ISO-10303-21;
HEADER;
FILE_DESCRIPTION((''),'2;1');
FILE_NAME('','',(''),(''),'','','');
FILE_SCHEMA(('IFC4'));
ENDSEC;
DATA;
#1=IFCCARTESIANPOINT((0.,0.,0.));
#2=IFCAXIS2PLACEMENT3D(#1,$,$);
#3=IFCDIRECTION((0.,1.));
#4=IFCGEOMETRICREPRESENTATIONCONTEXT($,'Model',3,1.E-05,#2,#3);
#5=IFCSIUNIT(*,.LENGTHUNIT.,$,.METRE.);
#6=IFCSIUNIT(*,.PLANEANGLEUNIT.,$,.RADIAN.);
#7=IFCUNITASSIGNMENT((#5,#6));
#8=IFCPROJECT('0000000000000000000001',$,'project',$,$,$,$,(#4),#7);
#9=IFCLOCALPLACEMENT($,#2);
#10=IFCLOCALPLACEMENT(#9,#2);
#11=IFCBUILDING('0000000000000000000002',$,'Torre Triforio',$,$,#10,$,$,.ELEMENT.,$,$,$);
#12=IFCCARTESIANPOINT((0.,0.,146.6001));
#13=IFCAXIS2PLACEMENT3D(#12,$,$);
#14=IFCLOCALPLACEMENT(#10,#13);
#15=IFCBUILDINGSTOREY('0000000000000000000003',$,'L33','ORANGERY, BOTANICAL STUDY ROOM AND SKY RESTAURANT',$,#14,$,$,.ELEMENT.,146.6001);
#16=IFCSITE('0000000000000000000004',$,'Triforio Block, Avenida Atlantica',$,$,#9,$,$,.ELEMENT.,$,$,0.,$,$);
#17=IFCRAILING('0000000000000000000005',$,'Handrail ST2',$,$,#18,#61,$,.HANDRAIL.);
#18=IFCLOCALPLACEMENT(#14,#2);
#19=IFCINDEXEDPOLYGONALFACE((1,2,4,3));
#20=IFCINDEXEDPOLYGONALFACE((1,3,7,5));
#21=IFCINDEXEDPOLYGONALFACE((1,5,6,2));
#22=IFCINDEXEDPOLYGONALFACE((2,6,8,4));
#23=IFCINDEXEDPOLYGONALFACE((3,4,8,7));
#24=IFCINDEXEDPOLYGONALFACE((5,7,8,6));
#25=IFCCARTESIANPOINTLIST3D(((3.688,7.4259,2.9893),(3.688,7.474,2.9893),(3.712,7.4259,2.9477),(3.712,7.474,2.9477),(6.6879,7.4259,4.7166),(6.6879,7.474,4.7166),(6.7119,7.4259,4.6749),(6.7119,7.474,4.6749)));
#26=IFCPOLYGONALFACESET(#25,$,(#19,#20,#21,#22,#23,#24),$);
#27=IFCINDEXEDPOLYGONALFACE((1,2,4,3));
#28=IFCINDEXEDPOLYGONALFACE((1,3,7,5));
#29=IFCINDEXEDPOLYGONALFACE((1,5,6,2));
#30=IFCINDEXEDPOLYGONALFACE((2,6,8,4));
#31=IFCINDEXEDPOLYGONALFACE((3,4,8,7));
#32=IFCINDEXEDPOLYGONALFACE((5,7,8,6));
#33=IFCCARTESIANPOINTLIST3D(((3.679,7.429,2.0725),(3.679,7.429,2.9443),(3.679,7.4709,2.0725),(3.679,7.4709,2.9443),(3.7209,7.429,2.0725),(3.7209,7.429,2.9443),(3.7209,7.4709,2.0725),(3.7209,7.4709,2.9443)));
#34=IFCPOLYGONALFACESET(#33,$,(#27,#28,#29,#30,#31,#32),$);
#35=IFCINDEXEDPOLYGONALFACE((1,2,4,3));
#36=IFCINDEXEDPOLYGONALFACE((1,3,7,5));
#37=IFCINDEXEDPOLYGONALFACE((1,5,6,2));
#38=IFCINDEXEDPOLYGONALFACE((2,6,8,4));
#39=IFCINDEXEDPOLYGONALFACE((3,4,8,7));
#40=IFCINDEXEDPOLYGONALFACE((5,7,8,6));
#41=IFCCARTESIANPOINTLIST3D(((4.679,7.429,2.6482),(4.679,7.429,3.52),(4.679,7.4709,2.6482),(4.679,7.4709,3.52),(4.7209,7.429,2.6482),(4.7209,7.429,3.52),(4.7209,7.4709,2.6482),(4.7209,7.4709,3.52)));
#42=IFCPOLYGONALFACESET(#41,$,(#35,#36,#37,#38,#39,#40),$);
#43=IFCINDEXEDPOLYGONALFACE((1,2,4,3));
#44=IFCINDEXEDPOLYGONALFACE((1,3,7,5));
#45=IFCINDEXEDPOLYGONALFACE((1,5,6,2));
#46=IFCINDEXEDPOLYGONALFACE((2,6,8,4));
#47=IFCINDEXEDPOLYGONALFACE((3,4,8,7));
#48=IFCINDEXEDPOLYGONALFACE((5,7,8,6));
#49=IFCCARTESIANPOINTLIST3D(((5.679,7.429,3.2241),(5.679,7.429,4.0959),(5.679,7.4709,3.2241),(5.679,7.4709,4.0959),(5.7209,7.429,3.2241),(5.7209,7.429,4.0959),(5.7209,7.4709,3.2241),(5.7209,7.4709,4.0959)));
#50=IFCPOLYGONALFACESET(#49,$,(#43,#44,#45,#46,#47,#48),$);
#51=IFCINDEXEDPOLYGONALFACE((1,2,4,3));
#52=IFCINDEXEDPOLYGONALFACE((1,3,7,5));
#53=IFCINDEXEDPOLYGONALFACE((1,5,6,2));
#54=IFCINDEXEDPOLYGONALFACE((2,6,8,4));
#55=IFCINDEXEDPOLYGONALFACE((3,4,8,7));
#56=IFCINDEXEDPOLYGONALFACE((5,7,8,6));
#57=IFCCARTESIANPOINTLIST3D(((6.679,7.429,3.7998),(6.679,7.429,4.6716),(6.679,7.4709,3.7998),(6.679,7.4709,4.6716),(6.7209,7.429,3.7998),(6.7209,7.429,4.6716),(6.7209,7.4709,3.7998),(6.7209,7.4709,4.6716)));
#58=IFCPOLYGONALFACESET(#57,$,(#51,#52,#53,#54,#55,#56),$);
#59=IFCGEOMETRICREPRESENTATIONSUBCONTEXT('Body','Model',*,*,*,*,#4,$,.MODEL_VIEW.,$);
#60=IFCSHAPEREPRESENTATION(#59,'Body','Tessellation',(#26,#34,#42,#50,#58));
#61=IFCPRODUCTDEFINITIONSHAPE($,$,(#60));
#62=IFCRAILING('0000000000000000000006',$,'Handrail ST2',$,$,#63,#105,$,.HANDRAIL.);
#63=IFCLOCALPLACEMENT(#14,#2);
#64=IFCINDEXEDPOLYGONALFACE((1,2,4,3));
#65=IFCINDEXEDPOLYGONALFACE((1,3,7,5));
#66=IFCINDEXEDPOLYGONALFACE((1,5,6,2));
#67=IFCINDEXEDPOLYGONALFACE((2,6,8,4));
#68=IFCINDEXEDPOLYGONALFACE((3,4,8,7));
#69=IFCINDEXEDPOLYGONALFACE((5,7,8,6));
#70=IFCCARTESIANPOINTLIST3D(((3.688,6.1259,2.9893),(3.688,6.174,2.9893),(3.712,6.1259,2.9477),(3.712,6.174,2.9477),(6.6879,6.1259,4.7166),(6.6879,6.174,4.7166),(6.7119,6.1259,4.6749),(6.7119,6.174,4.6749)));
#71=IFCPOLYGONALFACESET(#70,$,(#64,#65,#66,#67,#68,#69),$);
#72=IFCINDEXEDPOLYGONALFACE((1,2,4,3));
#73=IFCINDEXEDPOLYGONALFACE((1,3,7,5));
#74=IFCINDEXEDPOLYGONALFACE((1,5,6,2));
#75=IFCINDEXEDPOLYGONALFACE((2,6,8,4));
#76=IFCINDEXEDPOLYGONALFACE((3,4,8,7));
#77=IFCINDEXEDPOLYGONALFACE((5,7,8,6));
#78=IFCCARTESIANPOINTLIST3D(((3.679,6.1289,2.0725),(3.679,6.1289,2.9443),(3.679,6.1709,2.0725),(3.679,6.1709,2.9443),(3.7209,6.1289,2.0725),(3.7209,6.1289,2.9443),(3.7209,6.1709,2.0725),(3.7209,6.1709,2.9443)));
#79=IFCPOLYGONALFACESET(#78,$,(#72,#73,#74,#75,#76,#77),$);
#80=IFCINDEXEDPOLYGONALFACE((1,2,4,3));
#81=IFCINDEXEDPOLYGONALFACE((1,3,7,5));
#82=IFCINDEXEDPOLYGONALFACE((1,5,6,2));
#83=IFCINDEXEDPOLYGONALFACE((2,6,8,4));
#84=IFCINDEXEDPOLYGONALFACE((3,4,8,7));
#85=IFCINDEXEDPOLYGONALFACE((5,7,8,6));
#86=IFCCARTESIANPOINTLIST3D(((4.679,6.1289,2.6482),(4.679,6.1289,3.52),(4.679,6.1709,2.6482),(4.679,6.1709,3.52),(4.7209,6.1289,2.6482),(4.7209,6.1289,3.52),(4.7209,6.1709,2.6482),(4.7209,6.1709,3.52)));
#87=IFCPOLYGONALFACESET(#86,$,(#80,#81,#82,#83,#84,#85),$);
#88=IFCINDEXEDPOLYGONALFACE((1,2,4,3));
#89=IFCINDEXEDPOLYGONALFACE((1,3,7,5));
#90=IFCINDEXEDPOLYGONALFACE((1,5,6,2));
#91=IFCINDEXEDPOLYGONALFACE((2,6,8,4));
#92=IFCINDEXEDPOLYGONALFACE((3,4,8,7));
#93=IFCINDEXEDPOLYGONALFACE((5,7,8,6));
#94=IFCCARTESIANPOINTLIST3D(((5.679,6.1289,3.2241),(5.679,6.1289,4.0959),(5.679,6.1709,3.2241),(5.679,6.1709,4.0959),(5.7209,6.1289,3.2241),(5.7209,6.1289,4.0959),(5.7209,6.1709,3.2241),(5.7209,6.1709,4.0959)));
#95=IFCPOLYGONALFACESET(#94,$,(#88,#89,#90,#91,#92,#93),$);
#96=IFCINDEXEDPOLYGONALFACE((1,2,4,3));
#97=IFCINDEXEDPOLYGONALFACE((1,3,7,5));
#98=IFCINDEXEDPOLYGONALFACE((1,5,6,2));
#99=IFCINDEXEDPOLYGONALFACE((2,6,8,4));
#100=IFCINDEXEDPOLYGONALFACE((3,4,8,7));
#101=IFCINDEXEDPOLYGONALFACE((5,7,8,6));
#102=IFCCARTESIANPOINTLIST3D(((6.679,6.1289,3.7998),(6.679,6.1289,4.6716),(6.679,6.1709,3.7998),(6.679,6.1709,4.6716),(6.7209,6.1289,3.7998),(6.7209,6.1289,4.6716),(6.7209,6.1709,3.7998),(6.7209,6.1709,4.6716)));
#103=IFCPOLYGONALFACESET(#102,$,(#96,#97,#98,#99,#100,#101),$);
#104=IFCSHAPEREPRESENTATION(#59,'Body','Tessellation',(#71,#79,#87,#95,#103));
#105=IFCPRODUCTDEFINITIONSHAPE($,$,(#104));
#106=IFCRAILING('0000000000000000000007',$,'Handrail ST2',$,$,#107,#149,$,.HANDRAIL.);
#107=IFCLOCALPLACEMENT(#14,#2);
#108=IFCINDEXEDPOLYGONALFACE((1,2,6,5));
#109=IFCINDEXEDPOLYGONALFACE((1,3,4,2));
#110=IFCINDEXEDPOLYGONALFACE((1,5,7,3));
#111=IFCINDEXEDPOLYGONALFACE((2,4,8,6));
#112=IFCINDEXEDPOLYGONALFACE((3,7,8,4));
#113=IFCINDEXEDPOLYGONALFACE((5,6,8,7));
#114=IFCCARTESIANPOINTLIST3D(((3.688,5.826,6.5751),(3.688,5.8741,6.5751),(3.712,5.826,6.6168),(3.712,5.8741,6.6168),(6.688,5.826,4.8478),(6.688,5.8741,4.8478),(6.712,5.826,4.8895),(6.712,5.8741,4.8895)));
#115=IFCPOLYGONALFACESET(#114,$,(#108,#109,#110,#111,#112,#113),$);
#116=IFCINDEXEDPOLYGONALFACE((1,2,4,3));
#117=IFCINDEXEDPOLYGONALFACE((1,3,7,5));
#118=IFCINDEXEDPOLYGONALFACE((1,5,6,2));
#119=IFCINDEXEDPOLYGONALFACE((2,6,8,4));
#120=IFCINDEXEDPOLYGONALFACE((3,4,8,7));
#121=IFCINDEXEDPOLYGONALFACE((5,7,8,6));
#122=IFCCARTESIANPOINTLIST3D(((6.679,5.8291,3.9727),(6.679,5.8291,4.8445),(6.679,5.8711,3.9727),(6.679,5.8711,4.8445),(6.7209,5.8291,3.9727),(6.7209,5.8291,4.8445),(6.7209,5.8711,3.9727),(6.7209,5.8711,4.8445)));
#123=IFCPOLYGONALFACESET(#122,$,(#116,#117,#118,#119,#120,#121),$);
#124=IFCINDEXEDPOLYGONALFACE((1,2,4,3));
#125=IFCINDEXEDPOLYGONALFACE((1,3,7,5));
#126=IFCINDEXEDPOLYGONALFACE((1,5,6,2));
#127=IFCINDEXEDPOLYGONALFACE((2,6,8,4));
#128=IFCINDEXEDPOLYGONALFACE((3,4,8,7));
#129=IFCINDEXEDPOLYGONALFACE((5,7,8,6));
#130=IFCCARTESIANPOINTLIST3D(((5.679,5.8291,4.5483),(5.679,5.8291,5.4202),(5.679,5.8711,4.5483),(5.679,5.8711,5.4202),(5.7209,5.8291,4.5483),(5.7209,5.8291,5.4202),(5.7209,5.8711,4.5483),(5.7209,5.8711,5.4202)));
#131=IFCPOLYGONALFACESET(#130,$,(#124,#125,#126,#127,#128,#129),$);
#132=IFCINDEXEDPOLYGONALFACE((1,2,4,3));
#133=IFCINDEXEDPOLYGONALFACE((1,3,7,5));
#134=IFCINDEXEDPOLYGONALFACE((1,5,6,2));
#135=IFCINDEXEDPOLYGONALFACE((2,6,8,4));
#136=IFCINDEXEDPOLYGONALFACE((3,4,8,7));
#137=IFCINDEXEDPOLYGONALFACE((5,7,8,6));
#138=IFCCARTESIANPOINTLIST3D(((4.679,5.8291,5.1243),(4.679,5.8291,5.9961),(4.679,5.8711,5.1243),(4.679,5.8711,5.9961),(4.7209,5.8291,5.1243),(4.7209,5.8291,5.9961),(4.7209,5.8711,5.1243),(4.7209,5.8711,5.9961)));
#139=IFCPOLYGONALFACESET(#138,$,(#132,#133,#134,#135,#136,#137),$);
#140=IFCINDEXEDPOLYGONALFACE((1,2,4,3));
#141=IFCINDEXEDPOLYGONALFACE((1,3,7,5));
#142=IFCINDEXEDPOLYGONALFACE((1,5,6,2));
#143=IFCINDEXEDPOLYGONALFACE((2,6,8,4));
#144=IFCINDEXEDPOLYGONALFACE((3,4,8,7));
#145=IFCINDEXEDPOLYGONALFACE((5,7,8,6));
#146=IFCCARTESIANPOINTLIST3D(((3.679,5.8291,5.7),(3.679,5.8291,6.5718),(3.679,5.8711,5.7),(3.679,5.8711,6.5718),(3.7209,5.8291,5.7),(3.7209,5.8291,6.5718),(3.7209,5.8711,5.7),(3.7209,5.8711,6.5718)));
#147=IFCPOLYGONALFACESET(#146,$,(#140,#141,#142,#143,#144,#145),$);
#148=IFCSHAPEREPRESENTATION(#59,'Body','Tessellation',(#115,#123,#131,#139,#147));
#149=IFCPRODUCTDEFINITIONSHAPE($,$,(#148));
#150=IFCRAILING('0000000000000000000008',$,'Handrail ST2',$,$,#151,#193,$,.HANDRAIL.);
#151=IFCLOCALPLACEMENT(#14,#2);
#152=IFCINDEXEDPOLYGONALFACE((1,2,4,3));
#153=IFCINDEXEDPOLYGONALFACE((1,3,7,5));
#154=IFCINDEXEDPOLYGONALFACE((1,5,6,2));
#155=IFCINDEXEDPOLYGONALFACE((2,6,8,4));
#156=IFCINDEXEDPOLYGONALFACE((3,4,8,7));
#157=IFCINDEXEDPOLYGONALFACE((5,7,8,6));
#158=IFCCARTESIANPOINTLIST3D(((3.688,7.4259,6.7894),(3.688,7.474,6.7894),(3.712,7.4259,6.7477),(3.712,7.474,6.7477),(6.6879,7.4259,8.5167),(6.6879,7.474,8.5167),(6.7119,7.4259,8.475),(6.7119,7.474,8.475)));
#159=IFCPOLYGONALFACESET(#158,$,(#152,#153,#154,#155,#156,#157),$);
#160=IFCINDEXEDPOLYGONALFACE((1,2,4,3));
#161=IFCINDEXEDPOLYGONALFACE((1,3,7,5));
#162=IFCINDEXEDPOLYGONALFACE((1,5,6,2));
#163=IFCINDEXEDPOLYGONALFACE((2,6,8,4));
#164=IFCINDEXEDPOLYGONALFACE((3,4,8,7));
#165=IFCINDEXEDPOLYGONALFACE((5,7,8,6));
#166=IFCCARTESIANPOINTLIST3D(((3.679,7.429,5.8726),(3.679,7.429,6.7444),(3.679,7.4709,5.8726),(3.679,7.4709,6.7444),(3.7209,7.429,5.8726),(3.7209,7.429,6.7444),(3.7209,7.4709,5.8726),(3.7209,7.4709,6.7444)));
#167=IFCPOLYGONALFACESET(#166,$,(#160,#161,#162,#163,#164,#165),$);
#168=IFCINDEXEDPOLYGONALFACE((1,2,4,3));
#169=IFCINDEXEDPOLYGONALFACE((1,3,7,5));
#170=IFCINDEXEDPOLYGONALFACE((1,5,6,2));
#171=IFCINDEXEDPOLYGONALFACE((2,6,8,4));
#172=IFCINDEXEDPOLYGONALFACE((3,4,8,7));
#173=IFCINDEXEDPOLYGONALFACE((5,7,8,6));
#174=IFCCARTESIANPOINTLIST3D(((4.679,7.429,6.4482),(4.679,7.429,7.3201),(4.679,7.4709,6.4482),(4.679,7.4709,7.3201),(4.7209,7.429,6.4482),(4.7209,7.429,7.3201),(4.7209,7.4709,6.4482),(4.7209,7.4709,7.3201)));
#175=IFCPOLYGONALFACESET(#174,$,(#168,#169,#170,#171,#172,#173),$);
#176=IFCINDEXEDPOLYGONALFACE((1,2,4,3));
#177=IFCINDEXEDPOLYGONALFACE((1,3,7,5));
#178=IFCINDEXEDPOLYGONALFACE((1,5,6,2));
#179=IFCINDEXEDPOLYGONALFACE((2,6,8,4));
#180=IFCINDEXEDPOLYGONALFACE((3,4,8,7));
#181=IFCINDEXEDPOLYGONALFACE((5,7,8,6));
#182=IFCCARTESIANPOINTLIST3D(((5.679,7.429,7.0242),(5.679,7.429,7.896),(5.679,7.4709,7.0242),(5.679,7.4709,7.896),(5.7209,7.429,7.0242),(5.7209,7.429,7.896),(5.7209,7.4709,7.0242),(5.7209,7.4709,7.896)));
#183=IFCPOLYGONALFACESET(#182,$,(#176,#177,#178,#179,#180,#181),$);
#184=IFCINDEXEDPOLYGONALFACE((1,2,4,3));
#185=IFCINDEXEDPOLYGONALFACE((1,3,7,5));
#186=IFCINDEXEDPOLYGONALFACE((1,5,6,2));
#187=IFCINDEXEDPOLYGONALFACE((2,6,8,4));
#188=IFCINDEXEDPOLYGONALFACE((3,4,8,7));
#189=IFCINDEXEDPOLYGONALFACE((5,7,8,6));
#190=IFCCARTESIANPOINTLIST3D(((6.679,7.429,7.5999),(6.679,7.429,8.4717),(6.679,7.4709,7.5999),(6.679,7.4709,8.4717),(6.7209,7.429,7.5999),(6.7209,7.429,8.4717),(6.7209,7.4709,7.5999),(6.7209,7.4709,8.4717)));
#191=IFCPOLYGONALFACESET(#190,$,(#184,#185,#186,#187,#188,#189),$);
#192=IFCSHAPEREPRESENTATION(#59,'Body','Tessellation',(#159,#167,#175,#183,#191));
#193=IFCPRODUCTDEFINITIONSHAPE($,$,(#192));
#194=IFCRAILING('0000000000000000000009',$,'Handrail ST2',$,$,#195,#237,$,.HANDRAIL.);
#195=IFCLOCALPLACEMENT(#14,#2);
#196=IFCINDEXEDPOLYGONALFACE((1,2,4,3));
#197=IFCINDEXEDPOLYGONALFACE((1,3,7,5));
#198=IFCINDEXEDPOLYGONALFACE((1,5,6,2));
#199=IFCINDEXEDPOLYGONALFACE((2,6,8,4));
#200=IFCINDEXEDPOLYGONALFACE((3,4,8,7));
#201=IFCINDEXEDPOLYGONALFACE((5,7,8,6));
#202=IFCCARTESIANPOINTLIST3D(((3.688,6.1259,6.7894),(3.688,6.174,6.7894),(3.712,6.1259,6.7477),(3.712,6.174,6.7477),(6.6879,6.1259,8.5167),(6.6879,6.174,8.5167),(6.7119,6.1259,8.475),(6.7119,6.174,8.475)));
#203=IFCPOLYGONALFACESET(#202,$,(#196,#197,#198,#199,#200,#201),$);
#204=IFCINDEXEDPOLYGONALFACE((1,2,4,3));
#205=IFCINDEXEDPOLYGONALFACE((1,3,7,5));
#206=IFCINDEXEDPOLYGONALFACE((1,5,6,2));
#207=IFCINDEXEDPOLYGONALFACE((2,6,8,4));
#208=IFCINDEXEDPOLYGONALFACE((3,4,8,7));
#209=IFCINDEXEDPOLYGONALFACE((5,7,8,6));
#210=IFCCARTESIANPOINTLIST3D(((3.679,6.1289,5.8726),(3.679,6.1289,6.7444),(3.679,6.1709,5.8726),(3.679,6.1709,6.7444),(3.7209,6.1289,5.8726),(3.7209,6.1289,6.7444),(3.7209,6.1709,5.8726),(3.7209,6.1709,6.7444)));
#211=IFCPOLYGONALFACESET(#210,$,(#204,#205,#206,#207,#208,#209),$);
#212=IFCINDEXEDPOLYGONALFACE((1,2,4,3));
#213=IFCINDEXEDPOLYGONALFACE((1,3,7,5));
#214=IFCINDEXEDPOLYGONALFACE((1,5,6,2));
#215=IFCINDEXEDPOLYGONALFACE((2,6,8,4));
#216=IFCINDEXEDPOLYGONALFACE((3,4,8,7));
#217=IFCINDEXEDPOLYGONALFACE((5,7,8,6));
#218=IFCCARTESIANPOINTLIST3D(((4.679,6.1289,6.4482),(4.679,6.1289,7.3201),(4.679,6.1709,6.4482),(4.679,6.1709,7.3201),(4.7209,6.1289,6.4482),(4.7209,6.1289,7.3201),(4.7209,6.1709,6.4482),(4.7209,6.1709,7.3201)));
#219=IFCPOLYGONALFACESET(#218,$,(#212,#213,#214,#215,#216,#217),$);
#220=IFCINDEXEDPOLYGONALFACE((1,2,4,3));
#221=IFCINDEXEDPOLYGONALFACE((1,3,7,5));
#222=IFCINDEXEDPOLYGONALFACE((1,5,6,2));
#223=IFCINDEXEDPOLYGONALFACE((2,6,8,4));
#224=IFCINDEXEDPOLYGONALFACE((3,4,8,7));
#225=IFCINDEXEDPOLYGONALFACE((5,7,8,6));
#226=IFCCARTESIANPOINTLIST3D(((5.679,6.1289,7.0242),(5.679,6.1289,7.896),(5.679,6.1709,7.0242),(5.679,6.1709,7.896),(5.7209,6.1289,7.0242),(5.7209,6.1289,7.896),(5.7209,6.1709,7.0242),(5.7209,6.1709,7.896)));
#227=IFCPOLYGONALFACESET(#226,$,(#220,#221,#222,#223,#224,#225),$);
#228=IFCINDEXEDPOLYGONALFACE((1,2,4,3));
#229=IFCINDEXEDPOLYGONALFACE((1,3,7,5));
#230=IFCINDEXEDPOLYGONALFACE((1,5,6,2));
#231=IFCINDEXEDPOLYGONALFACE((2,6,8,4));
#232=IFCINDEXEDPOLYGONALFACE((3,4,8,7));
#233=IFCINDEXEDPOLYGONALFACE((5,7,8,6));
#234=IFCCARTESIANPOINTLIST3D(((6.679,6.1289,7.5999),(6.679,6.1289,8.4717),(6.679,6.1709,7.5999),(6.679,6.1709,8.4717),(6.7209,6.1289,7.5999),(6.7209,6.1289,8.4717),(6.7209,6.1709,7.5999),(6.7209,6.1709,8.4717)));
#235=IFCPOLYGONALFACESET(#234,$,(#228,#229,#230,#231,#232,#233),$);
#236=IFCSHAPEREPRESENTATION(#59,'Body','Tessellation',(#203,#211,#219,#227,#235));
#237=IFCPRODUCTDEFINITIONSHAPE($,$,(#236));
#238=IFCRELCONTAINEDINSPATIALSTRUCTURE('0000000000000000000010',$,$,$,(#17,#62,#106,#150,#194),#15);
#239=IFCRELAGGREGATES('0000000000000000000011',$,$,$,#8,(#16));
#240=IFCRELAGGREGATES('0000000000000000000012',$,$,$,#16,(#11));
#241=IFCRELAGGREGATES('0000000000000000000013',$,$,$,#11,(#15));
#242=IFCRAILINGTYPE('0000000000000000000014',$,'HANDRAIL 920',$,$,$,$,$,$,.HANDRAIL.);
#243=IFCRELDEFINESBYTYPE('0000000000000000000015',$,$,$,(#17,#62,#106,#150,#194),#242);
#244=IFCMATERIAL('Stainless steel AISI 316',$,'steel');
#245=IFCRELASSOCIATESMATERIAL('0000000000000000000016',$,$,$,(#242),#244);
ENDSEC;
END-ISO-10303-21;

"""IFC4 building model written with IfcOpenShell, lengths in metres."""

from ifc_helpers import new_model, si_unit, direction, frame, origin, origin_2d, place, context, subcontext, project, spatial, rectangle, extrude, material, type_object, element, save


model = new_model("IFC4")

# Units and contexts
model_context = context("Model", 3, precision=1e-05, world=origin(), true_north=direction((0.0, 1.0)))
body_context = subcontext(model_context, "Body", "Model", "MODEL_VIEW")
ifc_project = project(units=[si_unit("LENGTHUNIT", "METRE"), si_unit("PLANEANGLEUNIT", "RADIAN")], contexts=[model_context])

# Site, building, storey
site_placement = place(None, origin())
site = spatial("IfcSite", under=ifc_project, at=site_placement, Name="Triforio Block, Avenida Atlantica", CompositionType="ELEMENT", RefElevation=0.0)
building_placement = place(site_placement, origin())
building = spatial("IfcBuilding", under=site, at=building_placement, Name="Torre Triforio", CompositionType="ELEMENT")
storey_placement = place(building_placement, frame((0.0, 0.0, 146.6001)))
storey = spatial("IfcBuildingStorey", under=building, at=storey_placement, Name="L33", Description="ORANGERY, BOTANICAL STUDY ROOM AND SKY RESTAURANT", CompositionType="ELEMENT", Elevation=146.6001)

# Railings
ifc_material_1 = material(Name="Stainless steel AISI 316", Category="steel")
railing_type = type_object("IfcRailingType", Name="HANDRAIL 920", PredefinedType="HANDRAIL", material=ifc_material_1)
for number, where, name in (
    (1, (3.7, 7.45, 2.0725), "Handrail ST2"),
    (2, (3.7, 6.1499, 2.0725), "Handrail ST2"),
):
    element("IfcRailing", number, at=place(storey_placement, frame(where)), inside=storey, type_object=railing_type, Name=name, PredefinedType="HANDRAIL", context=body_context, shape_type="SweptSolid", body=[
        extrude(rectangle(XDim=0.0481, YDim=0.0481, at=origin_2d()), frame((0.0, 0.0, 0.896), z_axis=(0.86662, 0.0, 0.498969), x_axis=(0.0, 1.0, 0.0)), (0.0, 0.0, 1.0), 3.4617),
        extrude(rectangle(XDim=0.042, YDim=0.042, at=origin_2d()), origin(), (0.0, 0.0, 1.0), 0.8718),
        extrude(rectangle(XDim=0.042, YDim=0.042, at=origin_2d()), frame((1.0, 0.0, 0.5757)), (0.0, 0.0, 1.0), 0.8718),
        extrude(rectangle(XDim=0.042, YDim=0.042, at=origin_2d()), frame((2.0, 0.0, 1.1516)), (0.0, 0.0, 1.0), 0.8718),
        extrude(rectangle(XDim=0.042, YDim=0.042, at=origin_2d()), frame((3.0, 0.0, 1.7273)), (0.0, 0.0, 1.0), 0.8718),
    ])
railing_1_placement = place(storey_placement, frame((6.7, 5.8501, 3.9727)))
element("IfcRailing", 3, at=railing_1_placement, inside=storey, type_object=railing_type, Name="Handrail ST2", PredefinedType="HANDRAIL", context=body_context, shape_type="SweptSolid", body=[
    extrude(rectangle(XDim=0.0481, YDim=0.0481, at=origin_2d()), frame((0.0, 0.0, 0.896), z_axis=(-0.86662, 0.0, 0.498969), x_axis=(0.0, -1.0, 0.0)), (0.0, 0.0, 1.0), 3.4617),
    extrude(rectangle(XDim=0.042, YDim=0.042, at=origin_2d()), origin(), (0.0, 0.0, 1.0), 0.8718),
    extrude(rectangle(XDim=0.042, YDim=0.042, at=origin_2d()), frame((-1.0, 0.0, 0.5757)), (0.0, 0.0, 1.0), 0.8718),
    extrude(rectangle(XDim=0.042, YDim=0.042, at=origin_2d()), frame((-2.0, 0.0, 1.1516)), (0.0, 0.0, 1.0), 0.8718),
    extrude(rectangle(XDim=0.042, YDim=0.042, at=origin_2d()), frame((-3.0, 0.0, 1.7273)), (0.0, 0.0, 1.0), 0.8718),
])
for number, where, name in (
    (4, (3.7, 7.45, 5.8726), "Handrail ST2"),
    (5, (3.7, 6.1499, 5.8726), "Handrail ST2"),
):
    element("IfcRailing", number, at=place(storey_placement, frame(where)), inside=storey, type_object=railing_type, Name=name, PredefinedType="HANDRAIL", context=body_context, shape_type="SweptSolid", body=[
        extrude(rectangle(XDim=0.0481, YDim=0.0481, at=origin_2d()), frame((0.0, 0.0, 0.896), z_axis=(0.86662, 0.0, 0.498969), x_axis=(0.0, 1.0, 0.0)), (0.0, 0.0, 1.0), 3.4617),
        extrude(rectangle(XDim=0.042, YDim=0.042, at=origin_2d()), origin(), (0.0, 0.0, 1.0), 0.8718),
        extrude(rectangle(XDim=0.042, YDim=0.042, at=origin_2d()), frame((1.0, 0.0, 0.5757)), (0.0, 0.0, 1.0), 0.8718),
        extrude(rectangle(XDim=0.042, YDim=0.042, at=origin_2d()), frame((2.0, 0.0, 1.1516)), (0.0, 0.0, 1.0), 0.8718),
        extrude(rectangle(XDim=0.042, YDim=0.042, at=origin_2d()), frame((3.0, 0.0, 1.7273)), (0.0, 0.0, 1.0), 0.8718),
    ])

save(model, "model.ifc")
